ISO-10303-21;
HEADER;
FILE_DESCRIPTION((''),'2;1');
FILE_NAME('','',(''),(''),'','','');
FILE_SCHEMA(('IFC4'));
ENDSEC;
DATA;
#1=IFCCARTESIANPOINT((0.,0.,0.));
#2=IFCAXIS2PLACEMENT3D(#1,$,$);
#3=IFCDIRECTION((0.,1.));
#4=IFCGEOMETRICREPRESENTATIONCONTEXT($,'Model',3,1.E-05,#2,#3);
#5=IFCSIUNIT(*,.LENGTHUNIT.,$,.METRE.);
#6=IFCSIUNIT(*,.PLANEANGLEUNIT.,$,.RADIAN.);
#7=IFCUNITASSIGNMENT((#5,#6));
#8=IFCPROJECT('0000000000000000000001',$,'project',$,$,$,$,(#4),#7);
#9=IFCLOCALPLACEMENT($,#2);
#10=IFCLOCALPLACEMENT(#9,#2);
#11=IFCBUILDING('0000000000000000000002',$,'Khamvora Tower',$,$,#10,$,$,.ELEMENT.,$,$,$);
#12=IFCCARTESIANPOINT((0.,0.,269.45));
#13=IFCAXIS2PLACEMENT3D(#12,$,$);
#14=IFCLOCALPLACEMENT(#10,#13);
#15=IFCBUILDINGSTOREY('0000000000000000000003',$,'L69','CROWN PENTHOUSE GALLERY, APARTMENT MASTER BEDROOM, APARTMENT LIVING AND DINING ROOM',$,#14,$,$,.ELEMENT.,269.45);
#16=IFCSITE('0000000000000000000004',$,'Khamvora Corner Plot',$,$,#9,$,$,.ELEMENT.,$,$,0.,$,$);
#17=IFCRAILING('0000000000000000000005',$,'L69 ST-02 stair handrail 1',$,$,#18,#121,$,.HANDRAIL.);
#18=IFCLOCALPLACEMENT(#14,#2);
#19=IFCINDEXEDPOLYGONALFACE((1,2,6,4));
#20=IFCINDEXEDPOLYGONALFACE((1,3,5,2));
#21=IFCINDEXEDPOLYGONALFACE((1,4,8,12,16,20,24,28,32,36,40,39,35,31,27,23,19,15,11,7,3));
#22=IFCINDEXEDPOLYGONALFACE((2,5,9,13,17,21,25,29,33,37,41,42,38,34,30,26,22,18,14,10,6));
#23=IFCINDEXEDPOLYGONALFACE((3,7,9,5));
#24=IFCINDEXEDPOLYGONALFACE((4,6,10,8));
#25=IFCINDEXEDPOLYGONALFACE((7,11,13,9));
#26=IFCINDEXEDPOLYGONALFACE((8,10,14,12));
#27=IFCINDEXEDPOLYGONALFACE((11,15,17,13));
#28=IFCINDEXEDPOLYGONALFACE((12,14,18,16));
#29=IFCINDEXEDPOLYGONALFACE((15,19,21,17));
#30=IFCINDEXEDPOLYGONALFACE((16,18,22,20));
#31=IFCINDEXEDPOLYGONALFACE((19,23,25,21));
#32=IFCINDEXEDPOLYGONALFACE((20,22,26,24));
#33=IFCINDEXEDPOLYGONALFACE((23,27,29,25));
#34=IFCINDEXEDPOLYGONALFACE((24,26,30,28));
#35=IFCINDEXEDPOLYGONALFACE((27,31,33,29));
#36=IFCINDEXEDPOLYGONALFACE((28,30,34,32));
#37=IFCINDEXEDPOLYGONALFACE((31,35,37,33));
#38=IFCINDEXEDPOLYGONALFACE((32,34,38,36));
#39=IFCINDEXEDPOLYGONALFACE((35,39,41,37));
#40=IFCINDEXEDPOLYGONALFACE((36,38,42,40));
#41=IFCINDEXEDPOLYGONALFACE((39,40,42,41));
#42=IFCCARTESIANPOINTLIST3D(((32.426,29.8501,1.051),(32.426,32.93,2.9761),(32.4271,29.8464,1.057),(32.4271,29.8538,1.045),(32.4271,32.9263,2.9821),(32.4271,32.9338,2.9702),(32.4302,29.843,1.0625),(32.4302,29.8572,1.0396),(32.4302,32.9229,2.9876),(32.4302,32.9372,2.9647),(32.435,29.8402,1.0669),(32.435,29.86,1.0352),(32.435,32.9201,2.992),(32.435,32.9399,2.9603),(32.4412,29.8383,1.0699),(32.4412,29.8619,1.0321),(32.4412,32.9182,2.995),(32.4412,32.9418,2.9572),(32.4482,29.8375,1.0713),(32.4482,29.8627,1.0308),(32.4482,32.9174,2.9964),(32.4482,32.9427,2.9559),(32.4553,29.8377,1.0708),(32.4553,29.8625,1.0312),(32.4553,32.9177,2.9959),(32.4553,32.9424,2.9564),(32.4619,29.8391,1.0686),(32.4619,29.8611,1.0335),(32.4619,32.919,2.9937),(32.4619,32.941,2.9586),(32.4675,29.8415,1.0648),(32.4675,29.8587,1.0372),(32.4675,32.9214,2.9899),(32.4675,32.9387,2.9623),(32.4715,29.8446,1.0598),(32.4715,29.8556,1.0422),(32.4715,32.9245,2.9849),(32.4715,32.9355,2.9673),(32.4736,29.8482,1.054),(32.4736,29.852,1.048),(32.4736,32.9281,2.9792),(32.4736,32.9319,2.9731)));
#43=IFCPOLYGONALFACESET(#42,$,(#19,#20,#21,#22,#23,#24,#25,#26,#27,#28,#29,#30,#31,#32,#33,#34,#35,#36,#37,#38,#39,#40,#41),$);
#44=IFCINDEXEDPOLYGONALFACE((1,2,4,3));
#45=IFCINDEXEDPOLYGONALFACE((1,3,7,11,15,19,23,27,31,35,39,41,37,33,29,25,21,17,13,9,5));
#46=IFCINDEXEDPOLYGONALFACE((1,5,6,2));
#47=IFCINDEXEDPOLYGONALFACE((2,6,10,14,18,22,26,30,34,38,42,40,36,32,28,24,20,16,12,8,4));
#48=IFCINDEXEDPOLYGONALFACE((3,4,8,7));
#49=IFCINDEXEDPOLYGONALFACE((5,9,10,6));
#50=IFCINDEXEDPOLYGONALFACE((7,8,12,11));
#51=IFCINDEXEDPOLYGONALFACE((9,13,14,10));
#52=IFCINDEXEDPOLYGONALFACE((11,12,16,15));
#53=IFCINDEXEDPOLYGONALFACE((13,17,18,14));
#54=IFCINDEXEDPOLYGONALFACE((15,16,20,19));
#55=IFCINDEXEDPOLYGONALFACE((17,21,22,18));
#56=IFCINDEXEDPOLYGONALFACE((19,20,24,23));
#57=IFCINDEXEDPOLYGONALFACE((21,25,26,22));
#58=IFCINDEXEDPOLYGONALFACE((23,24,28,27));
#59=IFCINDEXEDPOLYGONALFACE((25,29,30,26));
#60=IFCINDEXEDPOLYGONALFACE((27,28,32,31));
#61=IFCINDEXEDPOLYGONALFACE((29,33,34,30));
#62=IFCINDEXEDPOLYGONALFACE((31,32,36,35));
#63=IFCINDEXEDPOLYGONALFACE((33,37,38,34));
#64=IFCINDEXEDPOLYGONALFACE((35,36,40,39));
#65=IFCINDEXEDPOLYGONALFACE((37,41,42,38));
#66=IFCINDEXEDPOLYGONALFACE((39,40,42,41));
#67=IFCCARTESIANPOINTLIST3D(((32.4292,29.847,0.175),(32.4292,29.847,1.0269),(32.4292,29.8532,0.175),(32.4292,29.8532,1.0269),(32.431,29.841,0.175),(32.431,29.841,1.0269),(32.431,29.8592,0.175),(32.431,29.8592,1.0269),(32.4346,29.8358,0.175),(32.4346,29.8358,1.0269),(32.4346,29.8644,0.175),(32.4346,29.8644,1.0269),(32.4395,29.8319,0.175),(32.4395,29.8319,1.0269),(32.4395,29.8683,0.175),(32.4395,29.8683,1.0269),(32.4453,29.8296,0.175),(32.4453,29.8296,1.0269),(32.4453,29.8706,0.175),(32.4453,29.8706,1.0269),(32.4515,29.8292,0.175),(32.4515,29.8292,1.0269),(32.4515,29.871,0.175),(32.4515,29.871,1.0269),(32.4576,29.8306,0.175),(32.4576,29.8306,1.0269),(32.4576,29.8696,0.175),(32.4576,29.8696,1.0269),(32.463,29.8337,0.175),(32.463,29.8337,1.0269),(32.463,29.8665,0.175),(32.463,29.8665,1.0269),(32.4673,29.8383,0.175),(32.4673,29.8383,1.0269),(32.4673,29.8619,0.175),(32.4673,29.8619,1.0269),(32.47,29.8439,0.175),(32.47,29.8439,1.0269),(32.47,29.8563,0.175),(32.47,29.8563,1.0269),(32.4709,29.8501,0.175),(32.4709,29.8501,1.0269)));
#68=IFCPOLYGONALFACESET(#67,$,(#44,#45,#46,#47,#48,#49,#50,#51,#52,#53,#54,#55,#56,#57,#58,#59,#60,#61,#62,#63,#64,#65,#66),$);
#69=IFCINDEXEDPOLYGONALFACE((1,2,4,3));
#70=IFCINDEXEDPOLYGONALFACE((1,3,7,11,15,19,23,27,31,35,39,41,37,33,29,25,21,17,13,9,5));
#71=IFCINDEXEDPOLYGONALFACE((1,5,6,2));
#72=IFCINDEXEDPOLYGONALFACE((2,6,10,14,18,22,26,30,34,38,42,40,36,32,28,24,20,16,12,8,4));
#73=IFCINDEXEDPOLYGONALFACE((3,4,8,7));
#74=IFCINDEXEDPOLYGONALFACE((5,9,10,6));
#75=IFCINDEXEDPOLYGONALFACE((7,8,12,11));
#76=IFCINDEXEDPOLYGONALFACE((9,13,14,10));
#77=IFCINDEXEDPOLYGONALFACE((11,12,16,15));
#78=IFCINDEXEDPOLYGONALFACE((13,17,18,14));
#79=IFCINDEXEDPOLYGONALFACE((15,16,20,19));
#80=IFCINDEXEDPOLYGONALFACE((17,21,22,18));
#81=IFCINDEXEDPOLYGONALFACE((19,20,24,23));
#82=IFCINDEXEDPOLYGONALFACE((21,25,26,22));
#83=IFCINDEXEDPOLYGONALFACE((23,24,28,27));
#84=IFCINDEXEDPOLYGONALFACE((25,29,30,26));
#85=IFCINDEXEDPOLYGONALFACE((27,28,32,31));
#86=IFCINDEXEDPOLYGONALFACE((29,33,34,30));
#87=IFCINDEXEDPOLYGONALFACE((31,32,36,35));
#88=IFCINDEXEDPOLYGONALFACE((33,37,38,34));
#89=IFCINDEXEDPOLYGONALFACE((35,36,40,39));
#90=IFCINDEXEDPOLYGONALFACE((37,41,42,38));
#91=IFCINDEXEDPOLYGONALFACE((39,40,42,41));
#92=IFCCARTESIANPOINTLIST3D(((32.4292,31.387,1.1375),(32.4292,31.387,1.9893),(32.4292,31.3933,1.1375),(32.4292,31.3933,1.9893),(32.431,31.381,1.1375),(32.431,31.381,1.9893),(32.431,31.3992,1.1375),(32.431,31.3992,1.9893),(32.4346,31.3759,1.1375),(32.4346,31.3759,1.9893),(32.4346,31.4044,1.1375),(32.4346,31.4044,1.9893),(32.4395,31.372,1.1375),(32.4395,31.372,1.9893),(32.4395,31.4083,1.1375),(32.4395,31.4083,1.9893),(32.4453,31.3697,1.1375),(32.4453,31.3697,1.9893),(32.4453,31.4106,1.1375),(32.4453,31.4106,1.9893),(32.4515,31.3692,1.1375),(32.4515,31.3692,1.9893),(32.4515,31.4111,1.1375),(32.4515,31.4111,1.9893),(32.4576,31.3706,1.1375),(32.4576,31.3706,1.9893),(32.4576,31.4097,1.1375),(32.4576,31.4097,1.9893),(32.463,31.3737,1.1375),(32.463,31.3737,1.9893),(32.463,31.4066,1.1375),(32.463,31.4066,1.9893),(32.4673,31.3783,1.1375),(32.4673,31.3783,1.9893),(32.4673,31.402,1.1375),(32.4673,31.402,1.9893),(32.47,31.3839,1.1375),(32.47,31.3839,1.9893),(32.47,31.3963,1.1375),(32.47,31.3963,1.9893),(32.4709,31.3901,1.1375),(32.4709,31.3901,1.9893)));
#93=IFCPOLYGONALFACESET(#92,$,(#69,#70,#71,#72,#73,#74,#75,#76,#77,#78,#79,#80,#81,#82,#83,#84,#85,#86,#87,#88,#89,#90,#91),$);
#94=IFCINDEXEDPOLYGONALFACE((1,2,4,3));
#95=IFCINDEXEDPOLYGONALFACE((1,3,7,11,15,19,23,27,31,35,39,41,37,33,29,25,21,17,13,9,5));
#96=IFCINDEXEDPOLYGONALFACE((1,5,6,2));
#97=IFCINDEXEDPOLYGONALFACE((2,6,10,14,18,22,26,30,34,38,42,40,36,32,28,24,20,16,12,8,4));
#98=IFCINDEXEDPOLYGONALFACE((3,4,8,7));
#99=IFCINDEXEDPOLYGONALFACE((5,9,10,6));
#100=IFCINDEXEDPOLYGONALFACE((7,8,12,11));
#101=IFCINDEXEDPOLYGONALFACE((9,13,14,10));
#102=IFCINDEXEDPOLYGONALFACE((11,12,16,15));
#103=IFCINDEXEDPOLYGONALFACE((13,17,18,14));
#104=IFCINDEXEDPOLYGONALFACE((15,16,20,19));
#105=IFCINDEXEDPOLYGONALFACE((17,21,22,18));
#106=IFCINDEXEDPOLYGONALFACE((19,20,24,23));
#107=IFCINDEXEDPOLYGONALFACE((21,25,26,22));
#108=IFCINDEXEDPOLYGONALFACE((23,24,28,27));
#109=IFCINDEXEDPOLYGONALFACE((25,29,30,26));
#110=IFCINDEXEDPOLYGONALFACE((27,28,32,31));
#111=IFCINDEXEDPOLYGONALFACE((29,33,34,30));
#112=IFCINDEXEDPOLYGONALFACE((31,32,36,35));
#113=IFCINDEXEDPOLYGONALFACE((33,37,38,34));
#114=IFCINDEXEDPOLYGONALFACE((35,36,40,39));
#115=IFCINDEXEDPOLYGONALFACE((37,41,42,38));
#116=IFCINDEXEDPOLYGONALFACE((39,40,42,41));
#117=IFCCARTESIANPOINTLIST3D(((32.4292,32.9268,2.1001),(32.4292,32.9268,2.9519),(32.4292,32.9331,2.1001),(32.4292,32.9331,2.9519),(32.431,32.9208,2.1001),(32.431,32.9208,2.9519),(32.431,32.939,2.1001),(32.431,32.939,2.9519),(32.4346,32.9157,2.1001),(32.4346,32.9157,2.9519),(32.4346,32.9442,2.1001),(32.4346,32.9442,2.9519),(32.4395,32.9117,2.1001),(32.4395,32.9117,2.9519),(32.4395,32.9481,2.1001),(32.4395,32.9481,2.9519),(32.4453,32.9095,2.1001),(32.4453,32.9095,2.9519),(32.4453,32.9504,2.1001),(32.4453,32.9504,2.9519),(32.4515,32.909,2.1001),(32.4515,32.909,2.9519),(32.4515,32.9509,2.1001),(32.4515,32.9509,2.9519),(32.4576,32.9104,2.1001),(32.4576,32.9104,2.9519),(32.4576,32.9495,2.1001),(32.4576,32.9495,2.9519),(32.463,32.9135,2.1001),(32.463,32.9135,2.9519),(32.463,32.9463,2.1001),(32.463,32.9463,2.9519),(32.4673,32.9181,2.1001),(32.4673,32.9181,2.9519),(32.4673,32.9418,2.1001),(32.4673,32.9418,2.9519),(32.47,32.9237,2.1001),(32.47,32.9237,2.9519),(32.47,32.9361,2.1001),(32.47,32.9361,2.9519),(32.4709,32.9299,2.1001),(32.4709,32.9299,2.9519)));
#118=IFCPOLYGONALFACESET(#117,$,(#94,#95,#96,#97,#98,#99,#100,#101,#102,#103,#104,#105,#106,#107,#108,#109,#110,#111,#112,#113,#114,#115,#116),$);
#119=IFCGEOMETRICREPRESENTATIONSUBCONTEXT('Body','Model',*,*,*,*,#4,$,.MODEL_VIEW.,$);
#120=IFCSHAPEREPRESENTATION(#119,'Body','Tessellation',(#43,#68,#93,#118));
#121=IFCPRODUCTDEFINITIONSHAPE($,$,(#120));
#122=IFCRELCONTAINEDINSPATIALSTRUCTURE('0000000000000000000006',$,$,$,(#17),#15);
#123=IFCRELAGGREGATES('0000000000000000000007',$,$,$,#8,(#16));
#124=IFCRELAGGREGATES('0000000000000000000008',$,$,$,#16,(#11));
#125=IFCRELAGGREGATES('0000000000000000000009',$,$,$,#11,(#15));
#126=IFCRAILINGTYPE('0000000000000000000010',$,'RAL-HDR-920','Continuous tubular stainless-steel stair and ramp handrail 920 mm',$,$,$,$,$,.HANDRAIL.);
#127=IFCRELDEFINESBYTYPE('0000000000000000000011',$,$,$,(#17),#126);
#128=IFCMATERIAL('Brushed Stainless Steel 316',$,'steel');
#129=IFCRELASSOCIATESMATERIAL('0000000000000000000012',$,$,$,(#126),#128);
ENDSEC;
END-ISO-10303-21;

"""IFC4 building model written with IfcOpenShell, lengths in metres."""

from ifc_helpers import new_model, si_unit, direction, frame, origin, origin_2d, place, context, subcontext, project, spatial, circle, extrude, material, type_object, element, save


model = new_model("IFC4")

# Units and contexts
model_context = context("Model", 3, precision=1e-05, world=origin(), true_north=direction((0.0, 1.0)))
body_context = subcontext(model_context, "Body", "Model", "MODEL_VIEW")
ifc_project = project(units=[si_unit("LENGTHUNIT", "METRE"), si_unit("PLANEANGLEUNIT", "RADIAN")], contexts=[model_context])

# Site, building, storey
site_placement = place(None, origin())
site = spatial("IfcSite", under=ifc_project, at=site_placement, Name="Khamvora Corner Plot", CompositionType="ELEMENT", RefElevation=0.0)
building_placement = place(site_placement, origin())
building = spatial("IfcBuilding", under=site, at=building_placement, Name="Khamvora Tower", CompositionType="ELEMENT")
storey_placement = place(building_placement, frame((0.0, 0.0, 269.45)))
storey = spatial("IfcBuildingStorey", under=building, at=storey_placement, Name="L69", Description="CROWN PENTHOUSE GALLERY, APARTMENT MASTER BEDROOM, APARTMENT LIVING AND DINING ROOM", CompositionType="ELEMENT", Elevation=269.45)

# Railing
ifc_material_1 = material(Name="Brushed Stainless Steel 316", Category="steel")
railing_type = type_object("IfcRailingType", Name="RAL-HDR-920", Description="Continuous tubular stainless-steel stair and ramp handrail 920 mm", PredefinedType="HANDRAIL", material=ifc_material_1)
railing_placement = place(storey_placement, frame((32.45, 29.8501, 0.175)))
element("IfcRailing", 1, at=railing_placement, inside=storey, type_object=railing_type, Name="L69 ST-02 stair handrail 1", PredefinedType="HANDRAIL", context=body_context, shape_type="SweptSolid", body=[
    extrude(circle(Radius=0.0239, at=origin_2d()), frame((0.0, 0.0, 0.876), z_axis=(0.0, 0.847979, 0.530029), x_axis=(-1.0, 0.0, 0.0)), (0.0, 0.0, 1.0), 3.6321),
    extrude(circle(Radius=0.021, at=origin_2d()), origin(), (0.0, 0.0, 1.0), 0.8518),
    extrude(circle(Radius=0.021, at=origin_2d()), frame((0.0, 1.54, 0.9624)), (0.0, 0.0, 1.0), 0.8518),
    extrude(circle(Radius=0.021, at=origin_2d()), frame((0.0, 3.0798, 1.925)), (0.0, 0.0, 1.0), 0.8518),
])

save(model, "model.ifc")
